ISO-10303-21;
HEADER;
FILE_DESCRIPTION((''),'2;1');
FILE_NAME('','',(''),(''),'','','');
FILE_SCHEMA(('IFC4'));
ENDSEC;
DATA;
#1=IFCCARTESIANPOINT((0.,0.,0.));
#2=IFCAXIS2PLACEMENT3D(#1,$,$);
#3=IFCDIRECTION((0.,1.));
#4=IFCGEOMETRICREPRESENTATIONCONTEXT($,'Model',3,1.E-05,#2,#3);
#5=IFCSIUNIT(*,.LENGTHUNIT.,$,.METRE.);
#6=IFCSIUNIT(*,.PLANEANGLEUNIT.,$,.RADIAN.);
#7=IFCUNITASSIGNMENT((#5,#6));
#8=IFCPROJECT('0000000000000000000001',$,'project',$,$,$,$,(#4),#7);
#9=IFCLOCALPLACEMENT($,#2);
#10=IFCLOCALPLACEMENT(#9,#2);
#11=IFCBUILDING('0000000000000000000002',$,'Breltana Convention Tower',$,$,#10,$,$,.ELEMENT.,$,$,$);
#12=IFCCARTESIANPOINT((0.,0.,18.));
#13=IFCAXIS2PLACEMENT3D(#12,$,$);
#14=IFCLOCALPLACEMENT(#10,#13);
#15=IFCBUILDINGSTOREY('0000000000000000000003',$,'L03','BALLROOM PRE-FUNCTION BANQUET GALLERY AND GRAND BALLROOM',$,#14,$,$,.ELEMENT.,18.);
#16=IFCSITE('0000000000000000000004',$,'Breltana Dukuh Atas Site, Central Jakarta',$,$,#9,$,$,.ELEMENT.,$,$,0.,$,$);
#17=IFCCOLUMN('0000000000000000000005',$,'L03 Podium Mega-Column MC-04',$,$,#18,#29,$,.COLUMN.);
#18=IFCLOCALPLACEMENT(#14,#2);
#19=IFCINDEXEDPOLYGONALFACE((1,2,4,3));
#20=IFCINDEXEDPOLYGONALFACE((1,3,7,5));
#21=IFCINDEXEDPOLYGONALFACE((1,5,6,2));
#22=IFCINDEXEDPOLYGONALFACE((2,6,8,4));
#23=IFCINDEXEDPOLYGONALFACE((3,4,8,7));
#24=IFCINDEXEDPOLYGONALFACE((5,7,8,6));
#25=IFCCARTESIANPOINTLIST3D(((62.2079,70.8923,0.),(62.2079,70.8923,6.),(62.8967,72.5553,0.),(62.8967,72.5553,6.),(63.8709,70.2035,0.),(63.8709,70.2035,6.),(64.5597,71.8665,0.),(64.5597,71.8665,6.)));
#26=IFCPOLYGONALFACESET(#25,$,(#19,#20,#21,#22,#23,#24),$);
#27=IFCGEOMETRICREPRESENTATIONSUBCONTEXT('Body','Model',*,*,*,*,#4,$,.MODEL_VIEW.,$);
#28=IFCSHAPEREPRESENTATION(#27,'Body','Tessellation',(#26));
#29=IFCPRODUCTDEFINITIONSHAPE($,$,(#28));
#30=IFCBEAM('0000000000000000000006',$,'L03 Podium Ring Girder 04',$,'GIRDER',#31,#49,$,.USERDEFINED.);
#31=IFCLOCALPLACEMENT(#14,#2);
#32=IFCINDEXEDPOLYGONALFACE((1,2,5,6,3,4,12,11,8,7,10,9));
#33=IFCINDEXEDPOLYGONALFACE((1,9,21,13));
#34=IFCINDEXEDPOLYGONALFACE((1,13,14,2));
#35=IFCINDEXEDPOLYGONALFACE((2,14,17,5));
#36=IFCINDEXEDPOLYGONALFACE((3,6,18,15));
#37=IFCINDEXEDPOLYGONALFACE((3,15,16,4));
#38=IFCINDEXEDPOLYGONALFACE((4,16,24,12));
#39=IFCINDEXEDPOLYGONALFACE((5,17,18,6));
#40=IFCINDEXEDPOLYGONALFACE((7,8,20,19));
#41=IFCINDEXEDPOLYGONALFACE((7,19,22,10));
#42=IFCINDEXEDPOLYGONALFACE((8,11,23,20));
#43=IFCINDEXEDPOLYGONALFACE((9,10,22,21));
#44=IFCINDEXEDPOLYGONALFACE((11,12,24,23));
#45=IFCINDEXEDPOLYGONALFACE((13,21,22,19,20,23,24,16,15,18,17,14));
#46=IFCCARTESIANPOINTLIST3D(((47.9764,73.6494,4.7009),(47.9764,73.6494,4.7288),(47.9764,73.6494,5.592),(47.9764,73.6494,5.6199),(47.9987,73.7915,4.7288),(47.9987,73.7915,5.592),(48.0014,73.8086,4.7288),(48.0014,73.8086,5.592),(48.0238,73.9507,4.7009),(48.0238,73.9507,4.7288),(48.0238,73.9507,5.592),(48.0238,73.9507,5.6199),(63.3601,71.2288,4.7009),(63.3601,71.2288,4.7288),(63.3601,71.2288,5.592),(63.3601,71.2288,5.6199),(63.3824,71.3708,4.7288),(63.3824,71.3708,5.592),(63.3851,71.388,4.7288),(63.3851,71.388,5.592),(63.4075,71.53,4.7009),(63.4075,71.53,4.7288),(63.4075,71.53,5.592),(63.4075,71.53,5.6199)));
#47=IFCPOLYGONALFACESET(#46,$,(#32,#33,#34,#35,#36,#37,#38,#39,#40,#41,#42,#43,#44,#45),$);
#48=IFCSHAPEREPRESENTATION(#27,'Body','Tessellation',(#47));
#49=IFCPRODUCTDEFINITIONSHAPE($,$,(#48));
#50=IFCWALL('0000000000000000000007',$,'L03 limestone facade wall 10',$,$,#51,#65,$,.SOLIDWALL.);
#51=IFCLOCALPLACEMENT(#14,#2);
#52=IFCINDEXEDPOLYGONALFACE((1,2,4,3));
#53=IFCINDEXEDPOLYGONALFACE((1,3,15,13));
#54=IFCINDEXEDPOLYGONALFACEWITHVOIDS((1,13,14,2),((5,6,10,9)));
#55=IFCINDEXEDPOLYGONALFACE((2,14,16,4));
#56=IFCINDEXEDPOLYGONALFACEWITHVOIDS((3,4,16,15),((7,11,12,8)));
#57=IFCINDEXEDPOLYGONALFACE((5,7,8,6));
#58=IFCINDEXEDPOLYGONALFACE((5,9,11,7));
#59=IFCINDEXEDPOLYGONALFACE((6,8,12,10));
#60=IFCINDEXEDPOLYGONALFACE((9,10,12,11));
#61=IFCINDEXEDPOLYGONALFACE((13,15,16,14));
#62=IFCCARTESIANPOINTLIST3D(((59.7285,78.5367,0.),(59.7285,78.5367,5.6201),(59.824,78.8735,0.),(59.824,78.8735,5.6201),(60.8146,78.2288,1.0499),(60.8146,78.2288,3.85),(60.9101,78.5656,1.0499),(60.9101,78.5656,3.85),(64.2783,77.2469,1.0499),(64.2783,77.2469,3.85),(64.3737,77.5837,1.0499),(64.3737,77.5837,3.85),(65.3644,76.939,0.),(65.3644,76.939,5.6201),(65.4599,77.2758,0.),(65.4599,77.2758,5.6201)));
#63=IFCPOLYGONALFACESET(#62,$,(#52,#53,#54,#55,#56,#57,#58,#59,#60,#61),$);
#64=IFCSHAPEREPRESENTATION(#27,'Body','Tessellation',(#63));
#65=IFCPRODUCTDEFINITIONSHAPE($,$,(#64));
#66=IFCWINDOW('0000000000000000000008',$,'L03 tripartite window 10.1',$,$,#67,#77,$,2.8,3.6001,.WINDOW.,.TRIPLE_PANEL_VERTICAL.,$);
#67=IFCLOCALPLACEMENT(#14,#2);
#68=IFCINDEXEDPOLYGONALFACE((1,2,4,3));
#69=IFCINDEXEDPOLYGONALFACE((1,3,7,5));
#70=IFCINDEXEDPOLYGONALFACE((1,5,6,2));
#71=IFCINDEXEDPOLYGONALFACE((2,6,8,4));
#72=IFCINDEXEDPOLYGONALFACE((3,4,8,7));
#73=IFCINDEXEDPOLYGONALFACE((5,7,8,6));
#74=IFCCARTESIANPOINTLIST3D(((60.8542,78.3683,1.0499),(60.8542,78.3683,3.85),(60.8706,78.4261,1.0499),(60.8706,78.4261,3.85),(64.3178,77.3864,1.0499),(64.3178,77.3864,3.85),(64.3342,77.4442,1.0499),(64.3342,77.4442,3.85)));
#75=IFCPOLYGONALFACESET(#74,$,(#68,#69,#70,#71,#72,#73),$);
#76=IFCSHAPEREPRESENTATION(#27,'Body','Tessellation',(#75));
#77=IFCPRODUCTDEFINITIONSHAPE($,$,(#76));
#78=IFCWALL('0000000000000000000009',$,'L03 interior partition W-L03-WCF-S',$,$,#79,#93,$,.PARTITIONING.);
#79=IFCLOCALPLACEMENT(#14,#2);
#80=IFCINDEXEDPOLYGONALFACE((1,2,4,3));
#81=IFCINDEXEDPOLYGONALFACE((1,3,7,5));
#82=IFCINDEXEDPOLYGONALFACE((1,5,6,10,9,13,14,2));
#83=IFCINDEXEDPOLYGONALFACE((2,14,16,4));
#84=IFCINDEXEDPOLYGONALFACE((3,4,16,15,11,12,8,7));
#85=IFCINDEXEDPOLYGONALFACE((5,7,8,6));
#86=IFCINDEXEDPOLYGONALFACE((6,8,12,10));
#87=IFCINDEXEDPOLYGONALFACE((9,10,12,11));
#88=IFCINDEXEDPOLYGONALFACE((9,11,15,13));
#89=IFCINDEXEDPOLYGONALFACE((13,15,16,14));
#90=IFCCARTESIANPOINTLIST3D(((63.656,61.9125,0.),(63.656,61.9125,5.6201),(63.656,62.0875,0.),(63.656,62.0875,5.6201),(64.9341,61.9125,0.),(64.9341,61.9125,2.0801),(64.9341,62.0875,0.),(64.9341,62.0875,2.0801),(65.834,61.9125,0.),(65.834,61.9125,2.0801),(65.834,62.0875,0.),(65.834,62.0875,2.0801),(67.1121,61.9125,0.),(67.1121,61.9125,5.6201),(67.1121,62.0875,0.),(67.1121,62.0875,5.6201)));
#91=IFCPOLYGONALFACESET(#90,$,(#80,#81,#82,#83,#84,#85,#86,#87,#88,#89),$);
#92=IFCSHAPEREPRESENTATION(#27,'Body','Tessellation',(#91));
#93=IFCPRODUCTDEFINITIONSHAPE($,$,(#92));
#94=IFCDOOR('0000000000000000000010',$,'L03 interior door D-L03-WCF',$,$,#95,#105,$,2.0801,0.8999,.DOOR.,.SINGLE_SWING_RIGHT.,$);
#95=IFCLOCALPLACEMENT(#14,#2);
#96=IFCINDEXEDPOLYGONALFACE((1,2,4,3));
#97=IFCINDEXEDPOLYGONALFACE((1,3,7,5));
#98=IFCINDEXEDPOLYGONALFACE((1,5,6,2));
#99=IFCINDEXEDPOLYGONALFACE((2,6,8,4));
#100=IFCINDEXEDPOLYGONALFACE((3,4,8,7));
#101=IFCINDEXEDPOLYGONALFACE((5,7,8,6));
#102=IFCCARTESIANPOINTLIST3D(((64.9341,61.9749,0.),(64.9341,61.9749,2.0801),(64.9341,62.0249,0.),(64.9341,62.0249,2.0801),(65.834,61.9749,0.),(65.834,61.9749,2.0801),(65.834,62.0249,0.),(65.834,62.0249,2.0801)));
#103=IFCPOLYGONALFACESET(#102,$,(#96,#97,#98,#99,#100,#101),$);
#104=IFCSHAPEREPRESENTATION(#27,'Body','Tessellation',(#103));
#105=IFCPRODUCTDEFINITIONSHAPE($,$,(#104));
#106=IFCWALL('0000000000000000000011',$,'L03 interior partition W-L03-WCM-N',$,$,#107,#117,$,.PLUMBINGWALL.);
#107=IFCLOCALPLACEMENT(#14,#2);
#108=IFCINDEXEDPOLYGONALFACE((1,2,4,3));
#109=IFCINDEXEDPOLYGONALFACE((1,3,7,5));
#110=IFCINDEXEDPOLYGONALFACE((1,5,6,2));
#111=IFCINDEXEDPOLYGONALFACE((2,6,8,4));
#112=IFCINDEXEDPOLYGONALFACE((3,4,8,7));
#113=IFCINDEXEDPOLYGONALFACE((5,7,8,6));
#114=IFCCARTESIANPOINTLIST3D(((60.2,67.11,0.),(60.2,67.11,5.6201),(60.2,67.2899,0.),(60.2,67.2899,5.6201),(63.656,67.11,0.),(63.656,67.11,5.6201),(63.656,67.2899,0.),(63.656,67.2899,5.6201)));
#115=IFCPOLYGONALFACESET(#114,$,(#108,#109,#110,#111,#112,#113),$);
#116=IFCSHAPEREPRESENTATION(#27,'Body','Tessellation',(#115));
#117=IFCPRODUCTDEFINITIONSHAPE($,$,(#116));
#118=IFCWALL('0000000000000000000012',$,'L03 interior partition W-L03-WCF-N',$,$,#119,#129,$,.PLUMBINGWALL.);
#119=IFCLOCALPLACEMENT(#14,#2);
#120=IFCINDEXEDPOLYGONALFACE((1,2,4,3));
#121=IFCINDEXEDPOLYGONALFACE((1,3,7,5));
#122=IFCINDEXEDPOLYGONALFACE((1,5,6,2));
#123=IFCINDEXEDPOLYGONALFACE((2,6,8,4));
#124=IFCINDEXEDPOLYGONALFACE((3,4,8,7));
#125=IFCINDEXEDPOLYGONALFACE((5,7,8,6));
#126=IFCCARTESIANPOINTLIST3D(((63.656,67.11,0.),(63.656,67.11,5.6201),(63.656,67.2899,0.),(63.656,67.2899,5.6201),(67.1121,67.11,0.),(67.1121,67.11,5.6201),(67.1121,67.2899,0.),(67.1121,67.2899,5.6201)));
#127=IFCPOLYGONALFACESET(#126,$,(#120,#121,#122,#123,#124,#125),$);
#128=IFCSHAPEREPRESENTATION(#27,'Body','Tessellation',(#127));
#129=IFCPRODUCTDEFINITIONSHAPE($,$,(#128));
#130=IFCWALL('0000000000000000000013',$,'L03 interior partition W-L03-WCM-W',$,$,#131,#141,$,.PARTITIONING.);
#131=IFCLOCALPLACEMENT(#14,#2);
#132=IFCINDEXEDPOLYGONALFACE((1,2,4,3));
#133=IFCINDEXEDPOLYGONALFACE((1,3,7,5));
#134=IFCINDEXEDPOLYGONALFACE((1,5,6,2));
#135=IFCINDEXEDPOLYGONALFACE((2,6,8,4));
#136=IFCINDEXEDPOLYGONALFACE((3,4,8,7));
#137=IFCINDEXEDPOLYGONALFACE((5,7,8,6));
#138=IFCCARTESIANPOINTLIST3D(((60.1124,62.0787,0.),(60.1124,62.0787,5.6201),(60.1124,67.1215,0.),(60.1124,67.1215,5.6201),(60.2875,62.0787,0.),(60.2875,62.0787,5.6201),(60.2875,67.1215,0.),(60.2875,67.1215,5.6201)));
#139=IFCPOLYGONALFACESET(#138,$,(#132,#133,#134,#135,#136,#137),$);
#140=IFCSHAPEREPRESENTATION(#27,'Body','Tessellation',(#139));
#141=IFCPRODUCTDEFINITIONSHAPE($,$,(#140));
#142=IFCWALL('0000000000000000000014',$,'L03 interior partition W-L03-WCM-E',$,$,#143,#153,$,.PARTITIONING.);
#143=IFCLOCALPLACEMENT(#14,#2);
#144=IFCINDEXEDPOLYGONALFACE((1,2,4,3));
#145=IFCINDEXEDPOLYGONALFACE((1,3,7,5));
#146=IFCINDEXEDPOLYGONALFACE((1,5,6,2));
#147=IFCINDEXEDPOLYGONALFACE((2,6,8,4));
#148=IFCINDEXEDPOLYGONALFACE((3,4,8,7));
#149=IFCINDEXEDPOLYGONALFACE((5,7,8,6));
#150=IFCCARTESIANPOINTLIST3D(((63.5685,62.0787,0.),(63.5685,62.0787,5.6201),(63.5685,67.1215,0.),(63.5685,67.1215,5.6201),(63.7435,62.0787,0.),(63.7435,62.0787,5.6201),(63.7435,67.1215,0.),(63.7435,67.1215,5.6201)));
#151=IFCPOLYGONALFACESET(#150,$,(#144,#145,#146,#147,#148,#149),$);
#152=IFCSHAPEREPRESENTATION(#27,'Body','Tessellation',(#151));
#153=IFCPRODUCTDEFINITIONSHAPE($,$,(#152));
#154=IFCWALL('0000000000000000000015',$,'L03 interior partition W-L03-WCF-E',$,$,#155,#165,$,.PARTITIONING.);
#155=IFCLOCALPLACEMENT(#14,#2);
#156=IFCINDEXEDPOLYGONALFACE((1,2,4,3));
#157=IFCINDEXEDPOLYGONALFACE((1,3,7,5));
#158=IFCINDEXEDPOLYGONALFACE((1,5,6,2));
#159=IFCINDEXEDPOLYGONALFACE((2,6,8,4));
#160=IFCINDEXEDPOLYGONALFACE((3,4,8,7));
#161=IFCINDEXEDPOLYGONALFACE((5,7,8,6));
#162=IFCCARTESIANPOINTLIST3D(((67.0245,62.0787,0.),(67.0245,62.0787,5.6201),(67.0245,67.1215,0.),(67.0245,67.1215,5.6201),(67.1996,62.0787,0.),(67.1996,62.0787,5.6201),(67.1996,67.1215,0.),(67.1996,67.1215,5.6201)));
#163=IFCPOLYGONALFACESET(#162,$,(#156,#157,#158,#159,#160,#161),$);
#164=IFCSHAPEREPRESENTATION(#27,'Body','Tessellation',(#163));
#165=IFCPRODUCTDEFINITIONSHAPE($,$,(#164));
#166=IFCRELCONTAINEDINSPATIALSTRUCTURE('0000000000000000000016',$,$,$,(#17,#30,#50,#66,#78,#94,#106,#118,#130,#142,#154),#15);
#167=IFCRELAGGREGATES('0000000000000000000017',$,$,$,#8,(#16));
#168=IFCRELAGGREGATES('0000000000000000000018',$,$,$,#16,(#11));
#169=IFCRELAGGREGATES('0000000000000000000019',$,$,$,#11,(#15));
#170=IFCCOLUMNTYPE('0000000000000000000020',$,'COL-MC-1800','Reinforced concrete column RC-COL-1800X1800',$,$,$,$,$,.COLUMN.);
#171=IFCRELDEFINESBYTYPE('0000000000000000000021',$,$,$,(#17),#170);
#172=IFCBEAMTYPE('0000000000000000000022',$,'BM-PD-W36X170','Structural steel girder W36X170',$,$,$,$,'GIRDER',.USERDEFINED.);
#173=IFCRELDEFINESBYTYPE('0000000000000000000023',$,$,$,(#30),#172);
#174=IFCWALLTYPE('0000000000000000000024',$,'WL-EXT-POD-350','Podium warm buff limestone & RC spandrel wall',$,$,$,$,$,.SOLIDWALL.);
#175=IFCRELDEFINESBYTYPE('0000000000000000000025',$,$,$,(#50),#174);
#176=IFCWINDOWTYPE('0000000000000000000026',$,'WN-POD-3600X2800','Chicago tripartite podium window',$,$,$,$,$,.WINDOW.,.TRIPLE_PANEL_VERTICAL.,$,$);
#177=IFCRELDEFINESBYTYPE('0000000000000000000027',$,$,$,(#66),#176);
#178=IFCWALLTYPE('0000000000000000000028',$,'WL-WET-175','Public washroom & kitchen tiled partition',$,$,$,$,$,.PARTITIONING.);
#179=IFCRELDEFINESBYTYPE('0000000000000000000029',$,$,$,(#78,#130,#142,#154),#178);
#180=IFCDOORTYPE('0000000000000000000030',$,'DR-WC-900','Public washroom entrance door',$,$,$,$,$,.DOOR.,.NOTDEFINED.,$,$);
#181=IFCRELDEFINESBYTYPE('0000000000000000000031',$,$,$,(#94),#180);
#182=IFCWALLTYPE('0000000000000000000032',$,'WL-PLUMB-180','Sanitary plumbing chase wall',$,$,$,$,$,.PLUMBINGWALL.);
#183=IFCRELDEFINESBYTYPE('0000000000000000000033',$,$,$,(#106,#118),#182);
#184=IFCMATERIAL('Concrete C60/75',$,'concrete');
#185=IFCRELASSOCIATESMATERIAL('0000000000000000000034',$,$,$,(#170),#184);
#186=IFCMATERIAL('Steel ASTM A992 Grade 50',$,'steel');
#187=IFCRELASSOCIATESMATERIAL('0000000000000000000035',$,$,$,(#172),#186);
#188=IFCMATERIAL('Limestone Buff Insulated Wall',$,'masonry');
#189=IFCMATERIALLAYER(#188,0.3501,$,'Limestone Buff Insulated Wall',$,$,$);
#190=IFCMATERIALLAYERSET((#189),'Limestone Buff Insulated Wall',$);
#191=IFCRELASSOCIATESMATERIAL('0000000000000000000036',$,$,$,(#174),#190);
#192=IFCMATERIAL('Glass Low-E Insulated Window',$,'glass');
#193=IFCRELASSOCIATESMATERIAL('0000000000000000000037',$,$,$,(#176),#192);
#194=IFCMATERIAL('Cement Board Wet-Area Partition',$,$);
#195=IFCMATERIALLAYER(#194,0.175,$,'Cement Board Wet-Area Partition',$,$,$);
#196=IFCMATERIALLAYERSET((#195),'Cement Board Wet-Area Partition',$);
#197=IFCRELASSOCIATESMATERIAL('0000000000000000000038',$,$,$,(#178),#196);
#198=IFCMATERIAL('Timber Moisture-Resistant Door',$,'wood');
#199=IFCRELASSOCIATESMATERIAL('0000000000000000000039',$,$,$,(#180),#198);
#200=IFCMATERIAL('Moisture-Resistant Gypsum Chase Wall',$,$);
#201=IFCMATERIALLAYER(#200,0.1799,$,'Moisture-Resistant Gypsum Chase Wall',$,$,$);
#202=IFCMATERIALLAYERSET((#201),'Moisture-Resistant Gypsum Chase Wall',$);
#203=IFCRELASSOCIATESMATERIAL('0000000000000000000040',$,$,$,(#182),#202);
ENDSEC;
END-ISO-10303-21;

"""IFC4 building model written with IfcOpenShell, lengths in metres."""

from ifc_helpers import new_model, si_unit, direction, frame, frame_2d, origin, origin_2d, place, context, subcontext, project, spatial, rectangle, i_section, extrude, source, transform, mapped, material, layer, layer_set, material_profile, profile_set, type_object, type_shapes, element, fill, save


model = new_model("IFC4")

# Units and contexts
model_context = context("Model", 3, precision=1e-05, world=origin(), true_north=direction((0.0, 1.0)))
body_context = subcontext(model_context, "Body", "Model", "MODEL_VIEW")
ifc_project = project(units=[si_unit("LENGTHUNIT", "METRE"), si_unit("PLANEANGLEUNIT", "RADIAN")], contexts=[model_context])

# Site, building, storey
site_placement = place(None, origin())
site = spatial("IfcSite", under=ifc_project, at=site_placement, Name="Breltana Dukuh Atas Site, Central Jakarta", CompositionType="ELEMENT", RefElevation=0.0)
building_placement = place(site_placement, origin())
building = spatial("IfcBuilding", under=site, at=building_placement, Name="Breltana Convention Tower", CompositionType="ELEMENT")
storey_placement = place(building_placement, frame((0.0, 0.0, 18.0)))
storey = spatial("IfcBuildingStorey", under=building, at=storey_placement, Name="L03", Description="BALLROOM PRE-FUNCTION BANQUET GALLERY AND GRAND BALLROOM", CompositionType="ELEMENT", Elevation=18.0)

# Column
ifc_material_1 = material(Name="Concrete C60/75", Category="concrete")
ifc_material_profile_1 = material_profile(ifc_material_1, rectangle(XDim=1.8, YDim=1.8, at=origin_2d()), Name="RC-COL-1800X1800")
ifc_profile_set_1 = profile_set([ifc_material_profile_1], Name="Concrete C60/75")
column_type = type_object("IfcColumnType", Name="COL-MC-1800", Description="Reinforced concrete column RC-COL-1800X1800", PredefinedType="COLUMN", material=ifc_profile_set_1)
shared_shape_1 = source(origin(), body_context, "Body", "SweptSolid", [
    extrude(rectangle(XDim=1.8, YDim=1.8, at=origin_2d()), origin(), (0.0, 0.0, 1.0), 6.0),
])
type_shapes(column_type, [shared_shape_1])
column_placement = place(storey_placement, frame((63.3838, 71.3794, 0.0), z_axis=(0.0, 0.0, 1.0), x_axis=(0.382683, 0.92388, 0.0)))
element("IfcColumn", 1, at=column_placement, inside=storey, type_object=column_type, Name="L03 Podium Mega-Column MC-04", PredefinedType="COLUMN", context=body_context, shape_type="MappedRepresentation", body=[
    mapped(shared_shape_1, transform((0.0, 0.0, 0.0), scale=1.0)),
])

# Beam
ifc_material_2 = material(Name="Steel ASTM A992 Grade 50", Category="steel")
ifc_material_profile_2 = material_profile(ifc_material_2, i_section(OverallWidth=0.3049, OverallDepth=0.9189, WebThickness=0.0173, FlangeThickness=0.0278, at=origin_2d()), Name="W36X170")
ifc_profile_set_2 = profile_set([ifc_material_profile_2], Name="Steel ASTM A992 Grade 50")
beam_type = type_object("IfcBeamType", Name="BM-PD-W36X170", Description="Structural steel girder W36X170", ElementType="GIRDER", PredefinedType="USERDEFINED", material=ifc_profile_set_2)
shared_shape_2 = source(origin(), body_context, "Body", "SweptSolid", [
    extrude(i_section(OverallWidth=0.3049, OverallDepth=0.9189, WebThickness=0.0173, FlangeThickness=0.0278, at=origin_2d()), origin(), (0.0, 0.0, 1.0), 15.573),
])
beam_placement = place(storey_placement, frame((63.3838, 71.3794, 5.1604), z_axis=(-0.987846, 0.155438, 0.0), x_axis=(-0.155438, -0.987846, 0.0)))
element("IfcBeam", 2, at=beam_placement, inside=storey, type_object=beam_type, Name="L03 Podium Ring Girder 04", ObjectType="GIRDER", PredefinedType="USERDEFINED", context=body_context, shape_type="MappedRepresentation", body=[
    mapped(shared_shape_2, transform((0.0, 0.0, 0.0), scale=1.0)),
])

# Wall, opening, window
ifc_material_3 = material(Name="Limestone Buff Insulated Wall", Category="masonry")
ifc_layer_1 = layer(ifc_material_3, 0.3501, Name="Limestone Buff Insulated Wall")
ifc_layer_set_1 = layer_set([ifc_layer_1], Name="Limestone Buff Insulated Wall")
wall_type_1 = type_object("IfcWallType", Name="WL-EXT-POD-350", Description="Podium warm buff limestone & RC spandrel wall", PredefinedType="SOLIDWALL", material=ifc_layer_set_1)
shared_shape_3 = source(origin(), body_context, "Body", "SweptSolid", [
    extrude(rectangle(XDim=5.8579, YDim=0.3501, at=frame_2d((2.929, 0.0))), origin(), (0.0, 0.0, 1.0), 5.6201),
])
wall_1_placement = place(storey_placement, frame((65.4121, 77.1074, 0.0), z_axis=(0.0, 0.0, 1.0), x_axis=(-0.962088, 0.272739, 0.0)))
wall_1 = element("IfcWall", 3, at=wall_1_placement, inside=storey, type_object=wall_type_1, Name="L03 limestone facade wall 10", PredefinedType="SOLIDWALL", context=body_context, shape_type="MappedRepresentation", body=[
    mapped(shared_shape_3, transform((0.0, 0.0, 0.0), scale=1.0)),
])
opening_1_placement = place(wall_1_placement, frame((1.1289, 0.0, 1.05)))
opening_1 = element("IfcOpeningElement", 4, at=opening_1_placement, cuts=wall_1, PredefinedType="OPENING", context=body_context, shape_type="SweptSolid", body=[
    extrude(rectangle(XDim=3.6001, YDim=2.8, at=frame_2d((1.8, 1.3999))), frame((0.0, 0.1851, 0.0), z_axis=(0.0, -1.0, 0.0), x_axis=(1.0, 0.0, 0.0)), (0.0, 0.0, 1.0), 0.3701),
])
ifc_material_4 = material(Name="Glass Low-E Insulated Window", Category="glass")
window_type = type_object("IfcWindowType", Name="WN-POD-3600X2800", Description="Chicago tripartite podium window", PartitioningType="TRIPLE_PANEL_VERTICAL", PredefinedType="WINDOW", material=ifc_material_4)
shared_shape_4 = source(origin(), body_context, "Body", "SweptSolid", [
    extrude(rectangle(XDim=3.6001, YDim=2.8, at=frame_2d((1.8, 1.3999))), frame((0.0, 0.03, 0.0), z_axis=(0.0, -1.0, 0.0), x_axis=(1.0, 0.0, 0.0)), (0.0, 0.0, 1.0), 0.0601),
])
type_shapes(window_type, [shared_shape_4])
window_placement = place(opening_1_placement, origin())
window = element("IfcWindow", 5, at=window_placement, inside=storey, type_object=window_type, Name="L03 tripartite window 10.1", OverallHeight=2.8, OverallWidth=3.6001, PartitioningType="TRIPLE_PANEL_VERTICAL", PredefinedType="WINDOW", context=body_context, shape_type="MappedRepresentation", body=[
    mapped(shared_shape_4, transform((0.0, 0.0, 0.0), scale=1.0)),
])
fill(opening_1, window)

# Wall, opening, door
ifc_material_5 = material(Name="Cement Board Wet-Area Partition")
ifc_layer_2 = layer(ifc_material_5, 0.175, Name="Cement Board Wet-Area Partition")
ifc_layer_set_2 = layer_set([ifc_layer_2], Name="Cement Board Wet-Area Partition")
wall_type_2 = type_object("IfcWallType", Name="WL-WET-175", Description="Public washroom & kitchen tiled partition", PredefinedType="PARTITIONING", material=ifc_layer_set_2)
shared_shape_5 = source(origin(), body_context, "Body", "SweptSolid", [
    extrude(rectangle(XDim=3.4561, YDim=0.175, at=frame_2d((1.728, 0.0))), origin(), (0.0, 0.0, 1.0), 5.6201),
])
wall_2_placement = place(storey_placement, frame((63.656, 62.0, 0.0), z_axis=(0.0, 0.0, 1.0), x_axis=(1.0, 0.0, 0.0)))
wall_2 = element("IfcWall", 6, at=wall_2_placement, inside=storey, type_object=wall_type_2, Name="L03 interior partition W-L03-WCF-S", PredefinedType="PARTITIONING", context=body_context, shape_type="MappedRepresentation", body=[
    mapped(shared_shape_5, transform((0.0, 0.0, 0.0), scale=1.0)),
])
opening_2_placement = place(wall_2_placement, frame((1.2781, 0.0, 0.0)))
opening_2 = element("IfcOpeningElement", 7, at=opening_2_placement, cuts=wall_2, PredefinedType="OPENING", context=body_context, shape_type="SweptSolid", body=[
    extrude(rectangle(XDim=0.8999, YDim=2.0801, at=frame_2d((0.45, 1.04))), frame((0.0, 0.0977, 0.0), z_axis=(0.0, -1.0, 0.0), x_axis=(1.0, 0.0, 0.0)), (0.0, 0.0, 1.0), 0.1951),
])
ifc_material_6 = material(Name="Timber Moisture-Resistant Door", Category="wood")
door_type_1 = type_object("IfcDoorType", Name="DR-WC-900", Description="Public washroom entrance door", OperationType="NOTDEFINED", PredefinedType="DOOR", material=ifc_material_6)
shared_shape_6 = source(origin(), body_context, "Body", "SweptSolid", [
    extrude(rectangle(XDim=0.8999, YDim=2.0801, at=frame_2d((0.45, 1.04))), frame((0.0, 0.0249, 0.0), z_axis=(0.0, -1.0, 0.0), x_axis=(1.0, 0.0, 0.0)), (0.0, 0.0, 1.0), 0.05),
])
type_shapes(door_type_1, [shared_shape_6])
door_1_placement = place(opening_2_placement, origin())
door_1 = element("IfcDoor", 8, at=door_1_placement, inside=storey, type_object=door_type_1, Name="L03 interior door D-L03-WCF", OperationType="SINGLE_SWING_RIGHT", OverallHeight=2.0801, OverallWidth=0.8999, PredefinedType="DOOR", context=body_context, shape_type="MappedRepresentation", body=[
    mapped(shared_shape_6, transform((0.0, 0.0, 0.0), scale=1.0)),
])
fill(opening_2, door_1)

# Walls
ifc_material_7 = material(Name="Moisture-Resistant Gypsum Chase Wall")
ifc_layer_3 = layer(ifc_material_7, 0.1799, Name="Moisture-Resistant Gypsum Chase Wall")
ifc_layer_set_3 = layer_set([ifc_layer_3], Name="Moisture-Resistant Gypsum Chase Wall")
wall_type_3 = type_object("IfcWallType", Name="WL-PLUMB-180", Description="Sanitary plumbing chase wall", PredefinedType="PLUMBINGWALL", material=ifc_layer_set_3)
shared_shape_7 = source(origin(), body_context, "Body", "SweptSolid", [
    extrude(rectangle(XDim=3.4561, YDim=0.1799, at=frame_2d((1.728, 0.0))), origin(), (0.0, 0.0, 1.0), 5.6201),
])
for number, where, z_axis, x_axis, name in (
    (9, (60.2, 67.2, 0.0), (0.0, 0.0, 1.0), (1.0, 0.0, 0.0), "L03 interior partition W-L03-WCM-N"),
    (10, (63.656, 67.2, 0.0), (0.0, 0.0, 1.0), (1.0, 0.0, 0.0), "L03 interior partition W-L03-WCF-N"),
):
    element("IfcWall", number, at=place(storey_placement, frame(where, z_axis=z_axis, x_axis=x_axis)), inside=storey, type_object=wall_type_3, Name=name, PredefinedType="PLUMBINGWALL", context=body_context, shape_type="MappedRepresentation", body=[
        mapped(shared_shape_7, transform((0.0, 0.0, 0.0), scale=1.0)),
    ])
shared_shape_8 = source(origin(), body_context, "Body", "SweptSolid", [
    extrude(rectangle(XDim=5.0427, YDim=0.175, at=frame_2d((2.5215, 0.0))), origin(), (0.0, 0.0, 1.0), 5.6201),
])
for number, where, z_axis, x_axis, name in (
    (11, (60.2, 62.0786, 0.0), (0.0, 0.0, 1.0), (0.0, 1.0, 0.0), "L03 interior partition W-L03-WCM-W"),
    (12, (63.656, 62.0786, 0.0), (0.0, 0.0, 1.0), (0.0, 1.0, 0.0), "L03 interior partition W-L03-WCM-E"),
    (13, (67.1121, 62.0786, 0.0), (0.0, 0.0, 1.0), (0.0, 1.0, 0.0), "L03 interior partition W-L03-WCF-E"),
):
    element("IfcWall", number, at=place(storey_placement, frame(where, z_axis=z_axis, x_axis=x_axis)), inside=storey, type_object=wall_type_2, Name=name, PredefinedType="PARTITIONING", context=body_context, shape_type="MappedRepresentation", body=[
        mapped(shared_shape_8, transform((0.0, 0.0, 0.0), scale=1.0)),
    ])

save(model, "model.ifc")
